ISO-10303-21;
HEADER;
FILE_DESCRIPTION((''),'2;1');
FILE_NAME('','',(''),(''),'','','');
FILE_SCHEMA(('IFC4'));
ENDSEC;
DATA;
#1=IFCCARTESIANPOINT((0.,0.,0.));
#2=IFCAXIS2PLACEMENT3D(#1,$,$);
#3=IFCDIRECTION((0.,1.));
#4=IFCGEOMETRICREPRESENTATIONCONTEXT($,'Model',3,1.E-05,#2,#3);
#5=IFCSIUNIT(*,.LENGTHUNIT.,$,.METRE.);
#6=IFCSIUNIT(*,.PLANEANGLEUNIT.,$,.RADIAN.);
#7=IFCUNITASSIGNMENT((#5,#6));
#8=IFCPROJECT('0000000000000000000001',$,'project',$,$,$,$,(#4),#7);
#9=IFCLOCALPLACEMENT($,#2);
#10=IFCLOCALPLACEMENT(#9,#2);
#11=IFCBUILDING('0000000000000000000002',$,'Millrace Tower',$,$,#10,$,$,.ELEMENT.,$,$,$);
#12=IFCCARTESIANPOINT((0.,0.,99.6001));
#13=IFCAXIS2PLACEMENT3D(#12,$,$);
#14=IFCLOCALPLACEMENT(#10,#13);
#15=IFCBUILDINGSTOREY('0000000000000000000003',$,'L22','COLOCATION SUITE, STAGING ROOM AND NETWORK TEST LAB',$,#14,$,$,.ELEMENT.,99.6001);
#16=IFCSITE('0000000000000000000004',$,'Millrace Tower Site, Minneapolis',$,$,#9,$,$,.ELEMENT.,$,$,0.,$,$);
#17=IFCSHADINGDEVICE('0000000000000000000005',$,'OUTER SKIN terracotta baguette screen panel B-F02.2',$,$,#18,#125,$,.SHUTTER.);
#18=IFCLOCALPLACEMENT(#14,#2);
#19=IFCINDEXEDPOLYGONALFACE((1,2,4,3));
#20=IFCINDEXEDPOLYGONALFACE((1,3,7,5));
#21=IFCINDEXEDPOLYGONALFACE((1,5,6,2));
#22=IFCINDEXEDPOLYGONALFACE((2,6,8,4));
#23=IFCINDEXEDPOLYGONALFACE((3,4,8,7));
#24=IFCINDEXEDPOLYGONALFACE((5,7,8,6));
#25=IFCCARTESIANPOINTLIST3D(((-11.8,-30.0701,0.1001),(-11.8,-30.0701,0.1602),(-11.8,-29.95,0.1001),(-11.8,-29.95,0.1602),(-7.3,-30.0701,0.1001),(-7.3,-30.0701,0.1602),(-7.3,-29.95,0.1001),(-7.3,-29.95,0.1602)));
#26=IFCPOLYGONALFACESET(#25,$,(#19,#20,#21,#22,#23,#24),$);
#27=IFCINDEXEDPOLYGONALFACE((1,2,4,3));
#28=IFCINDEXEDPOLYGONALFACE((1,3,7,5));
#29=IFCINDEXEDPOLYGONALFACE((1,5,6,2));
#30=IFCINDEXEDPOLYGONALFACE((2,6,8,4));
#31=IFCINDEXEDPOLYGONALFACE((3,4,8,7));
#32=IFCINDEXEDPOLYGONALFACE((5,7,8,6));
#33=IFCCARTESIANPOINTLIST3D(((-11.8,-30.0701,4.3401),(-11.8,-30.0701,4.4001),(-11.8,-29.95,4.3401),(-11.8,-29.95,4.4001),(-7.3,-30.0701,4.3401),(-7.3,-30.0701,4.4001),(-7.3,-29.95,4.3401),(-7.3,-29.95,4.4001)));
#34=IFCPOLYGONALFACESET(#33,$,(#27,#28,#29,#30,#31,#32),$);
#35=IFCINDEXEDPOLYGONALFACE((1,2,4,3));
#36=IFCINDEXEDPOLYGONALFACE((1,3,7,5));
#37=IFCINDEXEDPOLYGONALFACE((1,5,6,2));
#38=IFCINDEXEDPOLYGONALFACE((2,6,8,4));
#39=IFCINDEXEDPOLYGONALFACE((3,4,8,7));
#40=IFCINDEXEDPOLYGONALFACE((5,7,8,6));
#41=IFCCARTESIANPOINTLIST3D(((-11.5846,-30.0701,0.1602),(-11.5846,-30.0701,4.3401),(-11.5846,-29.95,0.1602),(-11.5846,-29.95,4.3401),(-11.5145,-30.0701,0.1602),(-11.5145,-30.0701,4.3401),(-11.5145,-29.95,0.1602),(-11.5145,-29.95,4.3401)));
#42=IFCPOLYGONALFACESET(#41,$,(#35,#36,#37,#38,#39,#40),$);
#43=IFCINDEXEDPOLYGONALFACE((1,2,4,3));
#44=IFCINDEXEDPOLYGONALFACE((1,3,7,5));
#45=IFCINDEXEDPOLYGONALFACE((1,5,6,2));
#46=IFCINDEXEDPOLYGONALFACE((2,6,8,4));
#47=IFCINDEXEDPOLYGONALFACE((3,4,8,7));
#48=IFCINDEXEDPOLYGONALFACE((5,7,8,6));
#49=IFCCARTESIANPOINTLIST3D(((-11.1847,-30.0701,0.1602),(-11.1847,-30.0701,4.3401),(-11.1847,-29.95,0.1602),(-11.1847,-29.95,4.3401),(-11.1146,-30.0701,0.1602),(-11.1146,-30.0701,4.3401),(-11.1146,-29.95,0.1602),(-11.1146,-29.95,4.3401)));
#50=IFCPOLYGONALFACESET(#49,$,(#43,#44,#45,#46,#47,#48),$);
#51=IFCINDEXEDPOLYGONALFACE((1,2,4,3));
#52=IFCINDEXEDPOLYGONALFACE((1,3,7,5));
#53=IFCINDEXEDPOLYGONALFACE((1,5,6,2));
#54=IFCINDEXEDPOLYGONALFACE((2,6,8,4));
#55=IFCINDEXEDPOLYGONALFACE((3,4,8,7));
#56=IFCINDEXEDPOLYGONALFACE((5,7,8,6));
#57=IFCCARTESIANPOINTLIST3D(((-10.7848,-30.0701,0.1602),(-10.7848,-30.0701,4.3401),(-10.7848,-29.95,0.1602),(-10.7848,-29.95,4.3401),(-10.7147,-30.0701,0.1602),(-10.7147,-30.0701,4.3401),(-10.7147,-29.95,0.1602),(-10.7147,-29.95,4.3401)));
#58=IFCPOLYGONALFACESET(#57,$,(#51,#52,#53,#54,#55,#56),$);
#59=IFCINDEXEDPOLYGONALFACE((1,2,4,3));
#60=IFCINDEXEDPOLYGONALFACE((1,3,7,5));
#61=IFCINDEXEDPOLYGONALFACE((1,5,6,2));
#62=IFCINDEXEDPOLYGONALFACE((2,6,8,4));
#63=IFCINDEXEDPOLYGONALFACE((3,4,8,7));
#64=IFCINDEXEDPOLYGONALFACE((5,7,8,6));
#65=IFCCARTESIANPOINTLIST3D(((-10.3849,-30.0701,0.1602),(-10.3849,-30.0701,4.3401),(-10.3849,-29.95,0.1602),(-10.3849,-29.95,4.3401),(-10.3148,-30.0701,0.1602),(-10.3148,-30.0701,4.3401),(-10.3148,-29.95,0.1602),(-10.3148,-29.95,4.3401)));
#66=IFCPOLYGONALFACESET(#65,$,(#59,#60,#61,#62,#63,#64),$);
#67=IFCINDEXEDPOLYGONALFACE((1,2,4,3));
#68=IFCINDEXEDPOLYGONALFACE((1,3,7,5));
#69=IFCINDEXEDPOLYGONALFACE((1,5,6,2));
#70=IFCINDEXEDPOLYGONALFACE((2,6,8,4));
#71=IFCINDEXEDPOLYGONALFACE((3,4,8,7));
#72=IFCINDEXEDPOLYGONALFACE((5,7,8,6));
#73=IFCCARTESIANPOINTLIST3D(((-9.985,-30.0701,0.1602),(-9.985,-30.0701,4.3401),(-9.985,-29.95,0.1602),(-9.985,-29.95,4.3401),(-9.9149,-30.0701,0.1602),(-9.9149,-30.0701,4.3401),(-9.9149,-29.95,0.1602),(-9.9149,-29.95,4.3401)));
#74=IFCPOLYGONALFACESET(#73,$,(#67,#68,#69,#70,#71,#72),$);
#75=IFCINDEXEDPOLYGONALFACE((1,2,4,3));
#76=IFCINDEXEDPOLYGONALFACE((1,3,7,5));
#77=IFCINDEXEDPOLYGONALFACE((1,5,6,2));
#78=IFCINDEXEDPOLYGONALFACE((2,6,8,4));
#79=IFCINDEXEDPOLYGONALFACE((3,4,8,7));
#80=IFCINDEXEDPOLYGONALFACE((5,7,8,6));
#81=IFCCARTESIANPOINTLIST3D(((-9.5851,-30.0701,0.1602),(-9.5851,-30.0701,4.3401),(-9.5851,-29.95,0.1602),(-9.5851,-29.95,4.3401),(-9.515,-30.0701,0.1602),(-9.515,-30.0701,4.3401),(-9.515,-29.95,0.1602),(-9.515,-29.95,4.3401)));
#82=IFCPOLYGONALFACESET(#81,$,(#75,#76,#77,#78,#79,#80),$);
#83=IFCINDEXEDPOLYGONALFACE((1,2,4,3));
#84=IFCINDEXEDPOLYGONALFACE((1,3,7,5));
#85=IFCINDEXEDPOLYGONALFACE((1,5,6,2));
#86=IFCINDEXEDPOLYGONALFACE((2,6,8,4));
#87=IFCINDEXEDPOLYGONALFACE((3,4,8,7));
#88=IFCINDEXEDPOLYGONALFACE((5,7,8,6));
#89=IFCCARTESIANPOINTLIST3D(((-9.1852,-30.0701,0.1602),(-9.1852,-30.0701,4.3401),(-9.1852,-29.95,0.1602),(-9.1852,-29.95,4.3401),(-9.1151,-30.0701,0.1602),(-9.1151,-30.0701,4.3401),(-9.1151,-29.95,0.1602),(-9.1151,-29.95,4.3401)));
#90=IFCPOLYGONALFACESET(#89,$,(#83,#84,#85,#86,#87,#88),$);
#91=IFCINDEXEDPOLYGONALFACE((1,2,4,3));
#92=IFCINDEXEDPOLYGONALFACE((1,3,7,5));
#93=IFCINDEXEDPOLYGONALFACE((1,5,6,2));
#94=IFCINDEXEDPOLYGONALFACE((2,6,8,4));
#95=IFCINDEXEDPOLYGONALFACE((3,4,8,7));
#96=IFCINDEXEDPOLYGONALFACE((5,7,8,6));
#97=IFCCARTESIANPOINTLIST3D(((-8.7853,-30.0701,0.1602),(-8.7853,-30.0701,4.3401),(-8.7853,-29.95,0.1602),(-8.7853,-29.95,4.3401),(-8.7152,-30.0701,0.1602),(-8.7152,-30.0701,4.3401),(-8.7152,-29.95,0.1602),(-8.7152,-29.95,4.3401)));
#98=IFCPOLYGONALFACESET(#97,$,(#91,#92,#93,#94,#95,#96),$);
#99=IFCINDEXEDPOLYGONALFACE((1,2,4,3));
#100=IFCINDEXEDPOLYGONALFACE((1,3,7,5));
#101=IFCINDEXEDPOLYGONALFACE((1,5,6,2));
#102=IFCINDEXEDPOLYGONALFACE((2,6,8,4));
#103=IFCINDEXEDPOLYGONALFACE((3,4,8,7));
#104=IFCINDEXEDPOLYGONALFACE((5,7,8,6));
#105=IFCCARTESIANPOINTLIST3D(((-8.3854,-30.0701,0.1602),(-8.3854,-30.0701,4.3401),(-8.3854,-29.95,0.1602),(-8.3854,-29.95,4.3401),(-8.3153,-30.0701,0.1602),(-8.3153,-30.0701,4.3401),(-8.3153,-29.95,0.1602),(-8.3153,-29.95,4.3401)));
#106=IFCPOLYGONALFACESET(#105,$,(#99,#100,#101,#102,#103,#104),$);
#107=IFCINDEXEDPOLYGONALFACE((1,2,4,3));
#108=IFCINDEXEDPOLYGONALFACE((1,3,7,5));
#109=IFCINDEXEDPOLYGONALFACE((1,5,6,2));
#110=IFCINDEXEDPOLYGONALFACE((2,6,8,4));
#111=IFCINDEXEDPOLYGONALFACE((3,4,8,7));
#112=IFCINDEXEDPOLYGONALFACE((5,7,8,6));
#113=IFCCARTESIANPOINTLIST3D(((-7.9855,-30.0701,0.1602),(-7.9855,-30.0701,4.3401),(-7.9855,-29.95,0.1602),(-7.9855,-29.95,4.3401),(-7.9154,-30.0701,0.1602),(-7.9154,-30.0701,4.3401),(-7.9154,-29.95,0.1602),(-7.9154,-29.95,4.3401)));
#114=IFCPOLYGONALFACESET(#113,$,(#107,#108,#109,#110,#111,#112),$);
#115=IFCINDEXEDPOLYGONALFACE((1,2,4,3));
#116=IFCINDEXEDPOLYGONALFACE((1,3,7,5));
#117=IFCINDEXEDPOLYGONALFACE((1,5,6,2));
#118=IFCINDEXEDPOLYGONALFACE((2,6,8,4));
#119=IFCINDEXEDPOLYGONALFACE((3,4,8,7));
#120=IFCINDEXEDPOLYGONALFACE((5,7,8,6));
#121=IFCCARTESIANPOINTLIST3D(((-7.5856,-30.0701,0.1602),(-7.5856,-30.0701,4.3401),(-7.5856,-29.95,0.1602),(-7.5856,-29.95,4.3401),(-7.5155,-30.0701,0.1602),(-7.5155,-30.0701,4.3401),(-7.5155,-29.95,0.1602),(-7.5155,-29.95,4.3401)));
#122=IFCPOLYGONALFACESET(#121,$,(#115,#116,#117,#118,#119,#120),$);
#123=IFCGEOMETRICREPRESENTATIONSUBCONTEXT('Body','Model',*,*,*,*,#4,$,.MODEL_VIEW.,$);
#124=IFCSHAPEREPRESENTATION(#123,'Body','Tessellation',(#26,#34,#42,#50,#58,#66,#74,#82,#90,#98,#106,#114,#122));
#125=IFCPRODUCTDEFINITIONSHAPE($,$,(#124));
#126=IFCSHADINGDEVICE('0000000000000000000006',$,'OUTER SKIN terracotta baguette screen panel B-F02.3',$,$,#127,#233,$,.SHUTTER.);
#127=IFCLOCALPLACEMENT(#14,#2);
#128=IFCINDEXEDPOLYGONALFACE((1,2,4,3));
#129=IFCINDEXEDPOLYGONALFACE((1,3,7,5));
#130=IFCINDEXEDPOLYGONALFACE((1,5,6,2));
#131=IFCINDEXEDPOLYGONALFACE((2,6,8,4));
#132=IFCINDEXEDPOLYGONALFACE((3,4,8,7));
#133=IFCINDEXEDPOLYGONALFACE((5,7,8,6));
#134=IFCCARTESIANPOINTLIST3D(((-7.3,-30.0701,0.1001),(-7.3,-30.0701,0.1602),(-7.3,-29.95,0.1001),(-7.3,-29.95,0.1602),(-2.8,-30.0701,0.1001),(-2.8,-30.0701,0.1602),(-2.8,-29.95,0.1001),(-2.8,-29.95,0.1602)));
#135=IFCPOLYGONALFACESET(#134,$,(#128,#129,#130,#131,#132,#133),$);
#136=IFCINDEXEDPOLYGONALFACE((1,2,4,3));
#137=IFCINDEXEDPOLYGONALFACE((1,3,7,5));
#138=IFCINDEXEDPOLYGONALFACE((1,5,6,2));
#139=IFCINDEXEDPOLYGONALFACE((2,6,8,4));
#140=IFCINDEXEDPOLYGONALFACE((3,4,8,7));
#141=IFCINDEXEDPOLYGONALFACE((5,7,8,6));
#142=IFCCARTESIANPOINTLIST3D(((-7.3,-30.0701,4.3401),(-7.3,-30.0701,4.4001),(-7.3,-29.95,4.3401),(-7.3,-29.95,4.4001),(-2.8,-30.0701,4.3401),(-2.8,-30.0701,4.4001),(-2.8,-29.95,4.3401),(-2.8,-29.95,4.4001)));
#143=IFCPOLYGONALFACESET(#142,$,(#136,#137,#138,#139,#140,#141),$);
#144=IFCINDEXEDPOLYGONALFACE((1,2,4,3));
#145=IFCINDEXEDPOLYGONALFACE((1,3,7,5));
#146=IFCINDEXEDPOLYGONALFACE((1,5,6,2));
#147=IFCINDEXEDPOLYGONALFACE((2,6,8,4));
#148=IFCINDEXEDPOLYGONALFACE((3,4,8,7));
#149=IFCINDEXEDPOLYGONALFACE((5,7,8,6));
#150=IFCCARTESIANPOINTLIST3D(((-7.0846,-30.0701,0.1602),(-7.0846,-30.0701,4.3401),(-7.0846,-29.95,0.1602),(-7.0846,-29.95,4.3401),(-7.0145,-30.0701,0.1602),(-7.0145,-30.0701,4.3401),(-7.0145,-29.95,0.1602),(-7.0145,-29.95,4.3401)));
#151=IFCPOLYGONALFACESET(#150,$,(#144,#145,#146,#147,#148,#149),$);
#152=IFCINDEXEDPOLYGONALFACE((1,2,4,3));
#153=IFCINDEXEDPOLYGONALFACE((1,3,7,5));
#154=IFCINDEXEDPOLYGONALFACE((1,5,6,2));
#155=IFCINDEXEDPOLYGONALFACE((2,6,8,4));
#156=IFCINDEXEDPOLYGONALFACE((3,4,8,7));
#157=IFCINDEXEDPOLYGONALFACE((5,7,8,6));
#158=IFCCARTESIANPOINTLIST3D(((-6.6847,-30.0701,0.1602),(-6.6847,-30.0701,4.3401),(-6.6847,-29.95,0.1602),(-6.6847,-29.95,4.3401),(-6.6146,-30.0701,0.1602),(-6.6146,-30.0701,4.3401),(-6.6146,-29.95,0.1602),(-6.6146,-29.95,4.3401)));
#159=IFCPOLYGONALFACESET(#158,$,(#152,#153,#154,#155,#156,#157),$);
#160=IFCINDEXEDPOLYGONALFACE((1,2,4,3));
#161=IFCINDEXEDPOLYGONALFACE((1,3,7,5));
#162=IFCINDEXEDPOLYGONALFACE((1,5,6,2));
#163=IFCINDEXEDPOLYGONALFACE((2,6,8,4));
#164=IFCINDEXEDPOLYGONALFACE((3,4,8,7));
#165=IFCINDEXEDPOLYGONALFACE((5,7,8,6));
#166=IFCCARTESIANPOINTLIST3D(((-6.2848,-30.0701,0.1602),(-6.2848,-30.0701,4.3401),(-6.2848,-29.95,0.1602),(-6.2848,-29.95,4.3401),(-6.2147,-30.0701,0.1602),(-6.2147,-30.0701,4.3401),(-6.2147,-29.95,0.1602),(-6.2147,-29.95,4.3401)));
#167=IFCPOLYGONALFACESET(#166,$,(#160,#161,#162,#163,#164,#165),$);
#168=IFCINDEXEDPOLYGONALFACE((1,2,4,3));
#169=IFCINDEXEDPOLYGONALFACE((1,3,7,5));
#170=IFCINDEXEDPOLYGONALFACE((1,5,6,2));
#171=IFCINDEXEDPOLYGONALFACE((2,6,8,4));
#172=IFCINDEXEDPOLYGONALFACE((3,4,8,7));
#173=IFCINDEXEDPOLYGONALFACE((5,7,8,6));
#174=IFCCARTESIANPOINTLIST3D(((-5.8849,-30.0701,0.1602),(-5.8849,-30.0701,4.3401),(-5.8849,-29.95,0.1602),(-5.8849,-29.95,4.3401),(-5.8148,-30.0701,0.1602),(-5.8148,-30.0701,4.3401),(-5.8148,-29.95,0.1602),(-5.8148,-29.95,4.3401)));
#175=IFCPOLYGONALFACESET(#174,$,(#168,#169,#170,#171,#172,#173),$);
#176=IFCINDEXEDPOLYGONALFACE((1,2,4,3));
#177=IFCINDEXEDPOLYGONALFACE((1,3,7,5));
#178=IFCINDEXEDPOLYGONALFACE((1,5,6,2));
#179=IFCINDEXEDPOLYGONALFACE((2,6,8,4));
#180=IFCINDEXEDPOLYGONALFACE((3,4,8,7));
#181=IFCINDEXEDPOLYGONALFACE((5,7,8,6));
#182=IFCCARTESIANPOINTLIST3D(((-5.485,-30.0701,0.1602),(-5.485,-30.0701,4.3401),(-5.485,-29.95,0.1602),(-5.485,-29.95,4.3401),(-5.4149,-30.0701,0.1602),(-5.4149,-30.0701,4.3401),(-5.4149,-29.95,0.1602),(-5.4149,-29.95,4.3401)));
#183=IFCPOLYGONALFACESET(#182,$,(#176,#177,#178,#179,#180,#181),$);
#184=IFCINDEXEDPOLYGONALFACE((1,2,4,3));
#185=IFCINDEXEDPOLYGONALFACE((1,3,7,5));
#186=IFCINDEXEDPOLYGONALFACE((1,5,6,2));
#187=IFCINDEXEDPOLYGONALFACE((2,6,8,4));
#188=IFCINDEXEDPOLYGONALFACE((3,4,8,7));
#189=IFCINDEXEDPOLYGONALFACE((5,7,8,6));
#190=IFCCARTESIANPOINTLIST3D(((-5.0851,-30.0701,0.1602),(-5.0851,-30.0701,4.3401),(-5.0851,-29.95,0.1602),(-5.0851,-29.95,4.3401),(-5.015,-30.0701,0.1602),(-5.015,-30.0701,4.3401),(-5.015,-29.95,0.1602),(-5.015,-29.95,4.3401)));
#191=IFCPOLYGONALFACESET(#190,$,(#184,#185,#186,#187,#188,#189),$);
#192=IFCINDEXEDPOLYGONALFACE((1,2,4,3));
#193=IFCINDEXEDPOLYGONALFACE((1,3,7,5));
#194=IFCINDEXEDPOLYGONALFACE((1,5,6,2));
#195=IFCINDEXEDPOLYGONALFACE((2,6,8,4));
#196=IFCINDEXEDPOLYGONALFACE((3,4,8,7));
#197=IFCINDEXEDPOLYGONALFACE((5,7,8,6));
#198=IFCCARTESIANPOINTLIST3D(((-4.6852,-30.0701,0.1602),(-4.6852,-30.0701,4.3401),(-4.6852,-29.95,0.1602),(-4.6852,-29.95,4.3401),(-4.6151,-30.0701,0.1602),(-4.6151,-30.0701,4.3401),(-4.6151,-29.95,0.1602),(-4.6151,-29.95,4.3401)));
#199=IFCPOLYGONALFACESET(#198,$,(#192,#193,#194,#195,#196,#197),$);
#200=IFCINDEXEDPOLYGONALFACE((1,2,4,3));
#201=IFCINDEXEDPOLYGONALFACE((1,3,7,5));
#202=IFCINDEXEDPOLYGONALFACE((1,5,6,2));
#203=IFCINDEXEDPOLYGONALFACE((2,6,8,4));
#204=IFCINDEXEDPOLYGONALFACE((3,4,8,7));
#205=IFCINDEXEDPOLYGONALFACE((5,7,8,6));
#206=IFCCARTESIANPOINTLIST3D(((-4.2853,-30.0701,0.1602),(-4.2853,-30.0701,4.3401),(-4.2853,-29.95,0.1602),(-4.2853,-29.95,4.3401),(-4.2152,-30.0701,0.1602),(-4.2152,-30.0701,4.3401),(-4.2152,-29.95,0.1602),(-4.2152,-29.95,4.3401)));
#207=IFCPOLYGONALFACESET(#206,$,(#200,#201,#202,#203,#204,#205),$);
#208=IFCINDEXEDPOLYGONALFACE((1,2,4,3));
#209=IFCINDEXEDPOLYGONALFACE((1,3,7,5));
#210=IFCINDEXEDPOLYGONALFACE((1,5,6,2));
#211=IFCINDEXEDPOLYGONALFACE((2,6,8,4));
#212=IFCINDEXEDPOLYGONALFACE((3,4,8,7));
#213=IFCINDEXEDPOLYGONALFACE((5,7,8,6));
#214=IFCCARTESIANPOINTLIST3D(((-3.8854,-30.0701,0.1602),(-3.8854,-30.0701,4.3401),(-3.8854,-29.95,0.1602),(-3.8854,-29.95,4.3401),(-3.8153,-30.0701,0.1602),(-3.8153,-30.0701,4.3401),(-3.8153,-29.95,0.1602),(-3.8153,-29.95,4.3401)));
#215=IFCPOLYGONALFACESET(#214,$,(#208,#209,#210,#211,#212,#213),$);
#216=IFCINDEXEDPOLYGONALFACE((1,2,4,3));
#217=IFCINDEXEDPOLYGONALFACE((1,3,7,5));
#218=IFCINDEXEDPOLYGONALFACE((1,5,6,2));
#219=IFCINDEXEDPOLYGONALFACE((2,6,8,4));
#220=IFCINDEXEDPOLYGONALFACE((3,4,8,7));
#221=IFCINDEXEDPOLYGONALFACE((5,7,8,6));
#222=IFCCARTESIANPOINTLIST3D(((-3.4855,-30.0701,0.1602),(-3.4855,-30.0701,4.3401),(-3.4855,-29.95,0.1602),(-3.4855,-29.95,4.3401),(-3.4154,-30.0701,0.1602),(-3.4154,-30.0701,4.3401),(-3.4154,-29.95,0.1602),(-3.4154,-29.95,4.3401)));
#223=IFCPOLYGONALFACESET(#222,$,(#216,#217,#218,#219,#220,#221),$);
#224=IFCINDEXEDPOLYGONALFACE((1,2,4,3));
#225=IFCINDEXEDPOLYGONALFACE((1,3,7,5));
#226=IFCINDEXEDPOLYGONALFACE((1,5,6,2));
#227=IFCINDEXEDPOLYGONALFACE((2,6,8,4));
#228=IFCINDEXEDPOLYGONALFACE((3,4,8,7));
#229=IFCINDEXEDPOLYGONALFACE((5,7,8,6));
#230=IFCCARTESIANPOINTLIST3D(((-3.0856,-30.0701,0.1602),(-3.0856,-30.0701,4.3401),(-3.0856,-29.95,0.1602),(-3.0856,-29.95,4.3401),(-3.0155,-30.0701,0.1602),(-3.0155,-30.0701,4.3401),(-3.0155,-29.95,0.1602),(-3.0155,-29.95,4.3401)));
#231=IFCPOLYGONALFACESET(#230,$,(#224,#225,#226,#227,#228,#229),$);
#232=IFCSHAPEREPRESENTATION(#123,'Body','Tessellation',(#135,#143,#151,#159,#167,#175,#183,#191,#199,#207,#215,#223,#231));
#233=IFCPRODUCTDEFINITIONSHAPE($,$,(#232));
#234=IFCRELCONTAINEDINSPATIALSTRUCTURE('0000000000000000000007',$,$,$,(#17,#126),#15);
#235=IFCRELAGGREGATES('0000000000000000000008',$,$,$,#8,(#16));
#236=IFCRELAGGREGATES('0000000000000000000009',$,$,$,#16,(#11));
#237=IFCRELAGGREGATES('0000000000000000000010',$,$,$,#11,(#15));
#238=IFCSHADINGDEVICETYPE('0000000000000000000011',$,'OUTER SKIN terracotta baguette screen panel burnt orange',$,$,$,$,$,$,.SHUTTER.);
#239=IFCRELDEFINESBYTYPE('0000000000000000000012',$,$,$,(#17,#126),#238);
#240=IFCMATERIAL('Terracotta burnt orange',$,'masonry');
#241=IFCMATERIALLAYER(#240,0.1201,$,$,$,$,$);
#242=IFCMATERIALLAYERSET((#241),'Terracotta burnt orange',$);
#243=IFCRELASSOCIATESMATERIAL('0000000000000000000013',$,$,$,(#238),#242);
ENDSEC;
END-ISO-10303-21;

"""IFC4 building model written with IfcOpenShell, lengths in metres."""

from ifc_helpers import new_model, entity, si_unit, direction, frame, frame_2d, origin, origin_2d, place, context, subcontext, project, spatial, rectangle, extrude, source, transform, mapped, material, layer, layer_set, type_object, element, save


model = new_model("IFC4")

# Units and contexts
model_context = context("Model", 3, precision=1e-05, world=origin(), true_north=direction((0.0, 1.0)))
body_context = subcontext(model_context, "Body", "Model", "MODEL_VIEW")
ifc_project = project(units=[si_unit("LENGTHUNIT", "METRE"), si_unit("PLANEANGLEUNIT", "RADIAN")], contexts=[model_context])

# Site, building, storey
site_placement = place(None, origin())
site = spatial("IfcSite", under=ifc_project, at=site_placement, Name="Millrace Tower Site, Minneapolis", CompositionType="ELEMENT", RefElevation=0.0)
building_placement = place(site_placement, origin())
building = spatial("IfcBuilding", under=site, at=building_placement, Name="Millrace Tower", CompositionType="ELEMENT")
storey_placement = place(building_placement, frame((0.0, 0.0, 99.6001)))
storey = spatial("IfcBuildingStorey", under=building, at=storey_placement, Name="L22", Description="COLOCATION SUITE, STAGING ROOM AND NETWORK TEST LAB", CompositionType="ELEMENT", Elevation=99.6001)

# Shading devices
ifc_material_1 = material(Name="Terracotta burnt orange", Category="masonry")
ifc_layer_1 = layer(ifc_material_1, 0.1201)
ifc_layer_set_1 = layer_set([ifc_layer_1], Name="Terracotta burnt orange")
shading_device_type = type_object("IfcShadingDeviceType", Name="OUTER SKIN terracotta baguette screen panel burnt orange", PredefinedType="SHUTTER", material=ifc_layer_set_1)
cartesian_point_1 = entity("IfcCartesianPoint", [-2.25, 0.0601])
shared_polyline_1 = entity("IfcPolyline", [cartesian_point_1, entity("IfcCartesianPoint", [2.25, 0.0601]), entity("IfcCartesianPoint", [2.25, -0.0601]), entity("IfcCartesianPoint", [-2.25, -0.0601]), cartesian_point_1])
shared_shape_1 = source(origin(), body_context, "Body", "SweptSolid", [
    entity("IfcExtrudedAreaSolid", entity("IfcArbitraryClosedProfileDef", "AREA", None, shared_polyline_1), entity("IfcAxis2Placement3D", entity("IfcCartesianPoint", [0.0, 0.0, 0.0])), entity("IfcDirection", [0.0, 0.0, 1.0]), 0.0601),
    entity("IfcExtrudedAreaSolid", entity("IfcArbitraryClosedProfileDef", "AREA", None, shared_polyline_1), entity("IfcAxis2Placement3D", entity("IfcCartesianPoint", [0.0, 0.0, 4.24])), entity("IfcDirection", [0.0, 0.0, 1.0]), 0.0601),
    extrude(rectangle(XDim=0.0701, YDim=0.1201, at=frame_2d((-1.9995, 0.0))), frame((0.0, 0.0, 0.0601)), (0.0, 0.0, 1.0), 4.1799),
    extrude(rectangle(XDim=0.0701, YDim=0.1201, at=frame_2d((-1.5996, 0.0))), frame((0.0, 0.0, 0.0601)), (0.0, 0.0, 1.0), 4.1799),
    extrude(rectangle(XDim=0.0701, YDim=0.1201, at=frame_2d((-1.1997, 0.0))), frame((0.0, 0.0, 0.0601)), (0.0, 0.0, 1.0), 4.1799),
    extrude(rectangle(XDim=0.0701, YDim=0.1201, at=frame_2d((-0.7998, 0.0))), frame((0.0, 0.0, 0.0601)), (0.0, 0.0, 1.0), 4.1799),
    extrude(rectangle(XDim=0.0701, YDim=0.1201, at=frame_2d((-0.3999, 0.0))), frame((0.0, 0.0, 0.0601)), (0.0, 0.0, 1.0), 4.1799),
    extrude(rectangle(XDim=0.0701, YDim=0.1201, at=origin_2d()), frame((0.0, 0.0, 0.0601)), (0.0, 0.0, 1.0), 4.1799),
    extrude(rectangle(XDim=0.0701, YDim=0.1201, at=frame_2d((0.3999, 0.0))), frame((0.0, 0.0, 0.0601)), (0.0, 0.0, 1.0), 4.1799),
    extrude(rectangle(XDim=0.0701, YDim=0.1201, at=frame_2d((0.7998, 0.0))), frame((0.0, 0.0, 0.0601)), (0.0, 0.0, 1.0), 4.1799),
    extrude(rectangle(XDim=0.0701, YDim=0.1201, at=frame_2d((1.1997, 0.0))), frame((0.0, 0.0, 0.0601)), (0.0, 0.0, 1.0), 4.1799),
    extrude(rectangle(XDim=0.0701, YDim=0.1201, at=frame_2d((1.5996, 0.0))), frame((0.0, 0.0, 0.0601)), (0.0, 0.0, 1.0), 4.1799),
    extrude(rectangle(XDim=0.0701, YDim=0.1201, at=frame_2d((1.9995, 0.0))), frame((0.0, 0.0, 0.0601)), (0.0, 0.0, 1.0), 4.1799),
])
for number, where, z_axis, x_axis, name in (
    (1, (-9.55, -30.01, 0.1001), (0.0, 0.0, 1.0), (1.0, 0.0, 0.0), "OUTER SKIN terracotta baguette screen panel B-F02.2"),
    (2, (-5.05, -30.01, 0.1001), (0.0, 0.0, 1.0), (1.0, 0.0, 0.0), "OUTER SKIN terracotta baguette screen panel B-F02.3"),
):
    element("IfcShadingDevice", number, at=place(storey_placement, frame(where, z_axis=z_axis, x_axis=x_axis)), inside=storey, type_object=shading_device_type, Name=name, PredefinedType="SHUTTER", context=body_context, shape_type="MappedRepresentation", body=[
        mapped(shared_shape_1, transform((0.0, 0.0, 0.0), scale=1.0)),
    ])

save(model, "model.ifc")
